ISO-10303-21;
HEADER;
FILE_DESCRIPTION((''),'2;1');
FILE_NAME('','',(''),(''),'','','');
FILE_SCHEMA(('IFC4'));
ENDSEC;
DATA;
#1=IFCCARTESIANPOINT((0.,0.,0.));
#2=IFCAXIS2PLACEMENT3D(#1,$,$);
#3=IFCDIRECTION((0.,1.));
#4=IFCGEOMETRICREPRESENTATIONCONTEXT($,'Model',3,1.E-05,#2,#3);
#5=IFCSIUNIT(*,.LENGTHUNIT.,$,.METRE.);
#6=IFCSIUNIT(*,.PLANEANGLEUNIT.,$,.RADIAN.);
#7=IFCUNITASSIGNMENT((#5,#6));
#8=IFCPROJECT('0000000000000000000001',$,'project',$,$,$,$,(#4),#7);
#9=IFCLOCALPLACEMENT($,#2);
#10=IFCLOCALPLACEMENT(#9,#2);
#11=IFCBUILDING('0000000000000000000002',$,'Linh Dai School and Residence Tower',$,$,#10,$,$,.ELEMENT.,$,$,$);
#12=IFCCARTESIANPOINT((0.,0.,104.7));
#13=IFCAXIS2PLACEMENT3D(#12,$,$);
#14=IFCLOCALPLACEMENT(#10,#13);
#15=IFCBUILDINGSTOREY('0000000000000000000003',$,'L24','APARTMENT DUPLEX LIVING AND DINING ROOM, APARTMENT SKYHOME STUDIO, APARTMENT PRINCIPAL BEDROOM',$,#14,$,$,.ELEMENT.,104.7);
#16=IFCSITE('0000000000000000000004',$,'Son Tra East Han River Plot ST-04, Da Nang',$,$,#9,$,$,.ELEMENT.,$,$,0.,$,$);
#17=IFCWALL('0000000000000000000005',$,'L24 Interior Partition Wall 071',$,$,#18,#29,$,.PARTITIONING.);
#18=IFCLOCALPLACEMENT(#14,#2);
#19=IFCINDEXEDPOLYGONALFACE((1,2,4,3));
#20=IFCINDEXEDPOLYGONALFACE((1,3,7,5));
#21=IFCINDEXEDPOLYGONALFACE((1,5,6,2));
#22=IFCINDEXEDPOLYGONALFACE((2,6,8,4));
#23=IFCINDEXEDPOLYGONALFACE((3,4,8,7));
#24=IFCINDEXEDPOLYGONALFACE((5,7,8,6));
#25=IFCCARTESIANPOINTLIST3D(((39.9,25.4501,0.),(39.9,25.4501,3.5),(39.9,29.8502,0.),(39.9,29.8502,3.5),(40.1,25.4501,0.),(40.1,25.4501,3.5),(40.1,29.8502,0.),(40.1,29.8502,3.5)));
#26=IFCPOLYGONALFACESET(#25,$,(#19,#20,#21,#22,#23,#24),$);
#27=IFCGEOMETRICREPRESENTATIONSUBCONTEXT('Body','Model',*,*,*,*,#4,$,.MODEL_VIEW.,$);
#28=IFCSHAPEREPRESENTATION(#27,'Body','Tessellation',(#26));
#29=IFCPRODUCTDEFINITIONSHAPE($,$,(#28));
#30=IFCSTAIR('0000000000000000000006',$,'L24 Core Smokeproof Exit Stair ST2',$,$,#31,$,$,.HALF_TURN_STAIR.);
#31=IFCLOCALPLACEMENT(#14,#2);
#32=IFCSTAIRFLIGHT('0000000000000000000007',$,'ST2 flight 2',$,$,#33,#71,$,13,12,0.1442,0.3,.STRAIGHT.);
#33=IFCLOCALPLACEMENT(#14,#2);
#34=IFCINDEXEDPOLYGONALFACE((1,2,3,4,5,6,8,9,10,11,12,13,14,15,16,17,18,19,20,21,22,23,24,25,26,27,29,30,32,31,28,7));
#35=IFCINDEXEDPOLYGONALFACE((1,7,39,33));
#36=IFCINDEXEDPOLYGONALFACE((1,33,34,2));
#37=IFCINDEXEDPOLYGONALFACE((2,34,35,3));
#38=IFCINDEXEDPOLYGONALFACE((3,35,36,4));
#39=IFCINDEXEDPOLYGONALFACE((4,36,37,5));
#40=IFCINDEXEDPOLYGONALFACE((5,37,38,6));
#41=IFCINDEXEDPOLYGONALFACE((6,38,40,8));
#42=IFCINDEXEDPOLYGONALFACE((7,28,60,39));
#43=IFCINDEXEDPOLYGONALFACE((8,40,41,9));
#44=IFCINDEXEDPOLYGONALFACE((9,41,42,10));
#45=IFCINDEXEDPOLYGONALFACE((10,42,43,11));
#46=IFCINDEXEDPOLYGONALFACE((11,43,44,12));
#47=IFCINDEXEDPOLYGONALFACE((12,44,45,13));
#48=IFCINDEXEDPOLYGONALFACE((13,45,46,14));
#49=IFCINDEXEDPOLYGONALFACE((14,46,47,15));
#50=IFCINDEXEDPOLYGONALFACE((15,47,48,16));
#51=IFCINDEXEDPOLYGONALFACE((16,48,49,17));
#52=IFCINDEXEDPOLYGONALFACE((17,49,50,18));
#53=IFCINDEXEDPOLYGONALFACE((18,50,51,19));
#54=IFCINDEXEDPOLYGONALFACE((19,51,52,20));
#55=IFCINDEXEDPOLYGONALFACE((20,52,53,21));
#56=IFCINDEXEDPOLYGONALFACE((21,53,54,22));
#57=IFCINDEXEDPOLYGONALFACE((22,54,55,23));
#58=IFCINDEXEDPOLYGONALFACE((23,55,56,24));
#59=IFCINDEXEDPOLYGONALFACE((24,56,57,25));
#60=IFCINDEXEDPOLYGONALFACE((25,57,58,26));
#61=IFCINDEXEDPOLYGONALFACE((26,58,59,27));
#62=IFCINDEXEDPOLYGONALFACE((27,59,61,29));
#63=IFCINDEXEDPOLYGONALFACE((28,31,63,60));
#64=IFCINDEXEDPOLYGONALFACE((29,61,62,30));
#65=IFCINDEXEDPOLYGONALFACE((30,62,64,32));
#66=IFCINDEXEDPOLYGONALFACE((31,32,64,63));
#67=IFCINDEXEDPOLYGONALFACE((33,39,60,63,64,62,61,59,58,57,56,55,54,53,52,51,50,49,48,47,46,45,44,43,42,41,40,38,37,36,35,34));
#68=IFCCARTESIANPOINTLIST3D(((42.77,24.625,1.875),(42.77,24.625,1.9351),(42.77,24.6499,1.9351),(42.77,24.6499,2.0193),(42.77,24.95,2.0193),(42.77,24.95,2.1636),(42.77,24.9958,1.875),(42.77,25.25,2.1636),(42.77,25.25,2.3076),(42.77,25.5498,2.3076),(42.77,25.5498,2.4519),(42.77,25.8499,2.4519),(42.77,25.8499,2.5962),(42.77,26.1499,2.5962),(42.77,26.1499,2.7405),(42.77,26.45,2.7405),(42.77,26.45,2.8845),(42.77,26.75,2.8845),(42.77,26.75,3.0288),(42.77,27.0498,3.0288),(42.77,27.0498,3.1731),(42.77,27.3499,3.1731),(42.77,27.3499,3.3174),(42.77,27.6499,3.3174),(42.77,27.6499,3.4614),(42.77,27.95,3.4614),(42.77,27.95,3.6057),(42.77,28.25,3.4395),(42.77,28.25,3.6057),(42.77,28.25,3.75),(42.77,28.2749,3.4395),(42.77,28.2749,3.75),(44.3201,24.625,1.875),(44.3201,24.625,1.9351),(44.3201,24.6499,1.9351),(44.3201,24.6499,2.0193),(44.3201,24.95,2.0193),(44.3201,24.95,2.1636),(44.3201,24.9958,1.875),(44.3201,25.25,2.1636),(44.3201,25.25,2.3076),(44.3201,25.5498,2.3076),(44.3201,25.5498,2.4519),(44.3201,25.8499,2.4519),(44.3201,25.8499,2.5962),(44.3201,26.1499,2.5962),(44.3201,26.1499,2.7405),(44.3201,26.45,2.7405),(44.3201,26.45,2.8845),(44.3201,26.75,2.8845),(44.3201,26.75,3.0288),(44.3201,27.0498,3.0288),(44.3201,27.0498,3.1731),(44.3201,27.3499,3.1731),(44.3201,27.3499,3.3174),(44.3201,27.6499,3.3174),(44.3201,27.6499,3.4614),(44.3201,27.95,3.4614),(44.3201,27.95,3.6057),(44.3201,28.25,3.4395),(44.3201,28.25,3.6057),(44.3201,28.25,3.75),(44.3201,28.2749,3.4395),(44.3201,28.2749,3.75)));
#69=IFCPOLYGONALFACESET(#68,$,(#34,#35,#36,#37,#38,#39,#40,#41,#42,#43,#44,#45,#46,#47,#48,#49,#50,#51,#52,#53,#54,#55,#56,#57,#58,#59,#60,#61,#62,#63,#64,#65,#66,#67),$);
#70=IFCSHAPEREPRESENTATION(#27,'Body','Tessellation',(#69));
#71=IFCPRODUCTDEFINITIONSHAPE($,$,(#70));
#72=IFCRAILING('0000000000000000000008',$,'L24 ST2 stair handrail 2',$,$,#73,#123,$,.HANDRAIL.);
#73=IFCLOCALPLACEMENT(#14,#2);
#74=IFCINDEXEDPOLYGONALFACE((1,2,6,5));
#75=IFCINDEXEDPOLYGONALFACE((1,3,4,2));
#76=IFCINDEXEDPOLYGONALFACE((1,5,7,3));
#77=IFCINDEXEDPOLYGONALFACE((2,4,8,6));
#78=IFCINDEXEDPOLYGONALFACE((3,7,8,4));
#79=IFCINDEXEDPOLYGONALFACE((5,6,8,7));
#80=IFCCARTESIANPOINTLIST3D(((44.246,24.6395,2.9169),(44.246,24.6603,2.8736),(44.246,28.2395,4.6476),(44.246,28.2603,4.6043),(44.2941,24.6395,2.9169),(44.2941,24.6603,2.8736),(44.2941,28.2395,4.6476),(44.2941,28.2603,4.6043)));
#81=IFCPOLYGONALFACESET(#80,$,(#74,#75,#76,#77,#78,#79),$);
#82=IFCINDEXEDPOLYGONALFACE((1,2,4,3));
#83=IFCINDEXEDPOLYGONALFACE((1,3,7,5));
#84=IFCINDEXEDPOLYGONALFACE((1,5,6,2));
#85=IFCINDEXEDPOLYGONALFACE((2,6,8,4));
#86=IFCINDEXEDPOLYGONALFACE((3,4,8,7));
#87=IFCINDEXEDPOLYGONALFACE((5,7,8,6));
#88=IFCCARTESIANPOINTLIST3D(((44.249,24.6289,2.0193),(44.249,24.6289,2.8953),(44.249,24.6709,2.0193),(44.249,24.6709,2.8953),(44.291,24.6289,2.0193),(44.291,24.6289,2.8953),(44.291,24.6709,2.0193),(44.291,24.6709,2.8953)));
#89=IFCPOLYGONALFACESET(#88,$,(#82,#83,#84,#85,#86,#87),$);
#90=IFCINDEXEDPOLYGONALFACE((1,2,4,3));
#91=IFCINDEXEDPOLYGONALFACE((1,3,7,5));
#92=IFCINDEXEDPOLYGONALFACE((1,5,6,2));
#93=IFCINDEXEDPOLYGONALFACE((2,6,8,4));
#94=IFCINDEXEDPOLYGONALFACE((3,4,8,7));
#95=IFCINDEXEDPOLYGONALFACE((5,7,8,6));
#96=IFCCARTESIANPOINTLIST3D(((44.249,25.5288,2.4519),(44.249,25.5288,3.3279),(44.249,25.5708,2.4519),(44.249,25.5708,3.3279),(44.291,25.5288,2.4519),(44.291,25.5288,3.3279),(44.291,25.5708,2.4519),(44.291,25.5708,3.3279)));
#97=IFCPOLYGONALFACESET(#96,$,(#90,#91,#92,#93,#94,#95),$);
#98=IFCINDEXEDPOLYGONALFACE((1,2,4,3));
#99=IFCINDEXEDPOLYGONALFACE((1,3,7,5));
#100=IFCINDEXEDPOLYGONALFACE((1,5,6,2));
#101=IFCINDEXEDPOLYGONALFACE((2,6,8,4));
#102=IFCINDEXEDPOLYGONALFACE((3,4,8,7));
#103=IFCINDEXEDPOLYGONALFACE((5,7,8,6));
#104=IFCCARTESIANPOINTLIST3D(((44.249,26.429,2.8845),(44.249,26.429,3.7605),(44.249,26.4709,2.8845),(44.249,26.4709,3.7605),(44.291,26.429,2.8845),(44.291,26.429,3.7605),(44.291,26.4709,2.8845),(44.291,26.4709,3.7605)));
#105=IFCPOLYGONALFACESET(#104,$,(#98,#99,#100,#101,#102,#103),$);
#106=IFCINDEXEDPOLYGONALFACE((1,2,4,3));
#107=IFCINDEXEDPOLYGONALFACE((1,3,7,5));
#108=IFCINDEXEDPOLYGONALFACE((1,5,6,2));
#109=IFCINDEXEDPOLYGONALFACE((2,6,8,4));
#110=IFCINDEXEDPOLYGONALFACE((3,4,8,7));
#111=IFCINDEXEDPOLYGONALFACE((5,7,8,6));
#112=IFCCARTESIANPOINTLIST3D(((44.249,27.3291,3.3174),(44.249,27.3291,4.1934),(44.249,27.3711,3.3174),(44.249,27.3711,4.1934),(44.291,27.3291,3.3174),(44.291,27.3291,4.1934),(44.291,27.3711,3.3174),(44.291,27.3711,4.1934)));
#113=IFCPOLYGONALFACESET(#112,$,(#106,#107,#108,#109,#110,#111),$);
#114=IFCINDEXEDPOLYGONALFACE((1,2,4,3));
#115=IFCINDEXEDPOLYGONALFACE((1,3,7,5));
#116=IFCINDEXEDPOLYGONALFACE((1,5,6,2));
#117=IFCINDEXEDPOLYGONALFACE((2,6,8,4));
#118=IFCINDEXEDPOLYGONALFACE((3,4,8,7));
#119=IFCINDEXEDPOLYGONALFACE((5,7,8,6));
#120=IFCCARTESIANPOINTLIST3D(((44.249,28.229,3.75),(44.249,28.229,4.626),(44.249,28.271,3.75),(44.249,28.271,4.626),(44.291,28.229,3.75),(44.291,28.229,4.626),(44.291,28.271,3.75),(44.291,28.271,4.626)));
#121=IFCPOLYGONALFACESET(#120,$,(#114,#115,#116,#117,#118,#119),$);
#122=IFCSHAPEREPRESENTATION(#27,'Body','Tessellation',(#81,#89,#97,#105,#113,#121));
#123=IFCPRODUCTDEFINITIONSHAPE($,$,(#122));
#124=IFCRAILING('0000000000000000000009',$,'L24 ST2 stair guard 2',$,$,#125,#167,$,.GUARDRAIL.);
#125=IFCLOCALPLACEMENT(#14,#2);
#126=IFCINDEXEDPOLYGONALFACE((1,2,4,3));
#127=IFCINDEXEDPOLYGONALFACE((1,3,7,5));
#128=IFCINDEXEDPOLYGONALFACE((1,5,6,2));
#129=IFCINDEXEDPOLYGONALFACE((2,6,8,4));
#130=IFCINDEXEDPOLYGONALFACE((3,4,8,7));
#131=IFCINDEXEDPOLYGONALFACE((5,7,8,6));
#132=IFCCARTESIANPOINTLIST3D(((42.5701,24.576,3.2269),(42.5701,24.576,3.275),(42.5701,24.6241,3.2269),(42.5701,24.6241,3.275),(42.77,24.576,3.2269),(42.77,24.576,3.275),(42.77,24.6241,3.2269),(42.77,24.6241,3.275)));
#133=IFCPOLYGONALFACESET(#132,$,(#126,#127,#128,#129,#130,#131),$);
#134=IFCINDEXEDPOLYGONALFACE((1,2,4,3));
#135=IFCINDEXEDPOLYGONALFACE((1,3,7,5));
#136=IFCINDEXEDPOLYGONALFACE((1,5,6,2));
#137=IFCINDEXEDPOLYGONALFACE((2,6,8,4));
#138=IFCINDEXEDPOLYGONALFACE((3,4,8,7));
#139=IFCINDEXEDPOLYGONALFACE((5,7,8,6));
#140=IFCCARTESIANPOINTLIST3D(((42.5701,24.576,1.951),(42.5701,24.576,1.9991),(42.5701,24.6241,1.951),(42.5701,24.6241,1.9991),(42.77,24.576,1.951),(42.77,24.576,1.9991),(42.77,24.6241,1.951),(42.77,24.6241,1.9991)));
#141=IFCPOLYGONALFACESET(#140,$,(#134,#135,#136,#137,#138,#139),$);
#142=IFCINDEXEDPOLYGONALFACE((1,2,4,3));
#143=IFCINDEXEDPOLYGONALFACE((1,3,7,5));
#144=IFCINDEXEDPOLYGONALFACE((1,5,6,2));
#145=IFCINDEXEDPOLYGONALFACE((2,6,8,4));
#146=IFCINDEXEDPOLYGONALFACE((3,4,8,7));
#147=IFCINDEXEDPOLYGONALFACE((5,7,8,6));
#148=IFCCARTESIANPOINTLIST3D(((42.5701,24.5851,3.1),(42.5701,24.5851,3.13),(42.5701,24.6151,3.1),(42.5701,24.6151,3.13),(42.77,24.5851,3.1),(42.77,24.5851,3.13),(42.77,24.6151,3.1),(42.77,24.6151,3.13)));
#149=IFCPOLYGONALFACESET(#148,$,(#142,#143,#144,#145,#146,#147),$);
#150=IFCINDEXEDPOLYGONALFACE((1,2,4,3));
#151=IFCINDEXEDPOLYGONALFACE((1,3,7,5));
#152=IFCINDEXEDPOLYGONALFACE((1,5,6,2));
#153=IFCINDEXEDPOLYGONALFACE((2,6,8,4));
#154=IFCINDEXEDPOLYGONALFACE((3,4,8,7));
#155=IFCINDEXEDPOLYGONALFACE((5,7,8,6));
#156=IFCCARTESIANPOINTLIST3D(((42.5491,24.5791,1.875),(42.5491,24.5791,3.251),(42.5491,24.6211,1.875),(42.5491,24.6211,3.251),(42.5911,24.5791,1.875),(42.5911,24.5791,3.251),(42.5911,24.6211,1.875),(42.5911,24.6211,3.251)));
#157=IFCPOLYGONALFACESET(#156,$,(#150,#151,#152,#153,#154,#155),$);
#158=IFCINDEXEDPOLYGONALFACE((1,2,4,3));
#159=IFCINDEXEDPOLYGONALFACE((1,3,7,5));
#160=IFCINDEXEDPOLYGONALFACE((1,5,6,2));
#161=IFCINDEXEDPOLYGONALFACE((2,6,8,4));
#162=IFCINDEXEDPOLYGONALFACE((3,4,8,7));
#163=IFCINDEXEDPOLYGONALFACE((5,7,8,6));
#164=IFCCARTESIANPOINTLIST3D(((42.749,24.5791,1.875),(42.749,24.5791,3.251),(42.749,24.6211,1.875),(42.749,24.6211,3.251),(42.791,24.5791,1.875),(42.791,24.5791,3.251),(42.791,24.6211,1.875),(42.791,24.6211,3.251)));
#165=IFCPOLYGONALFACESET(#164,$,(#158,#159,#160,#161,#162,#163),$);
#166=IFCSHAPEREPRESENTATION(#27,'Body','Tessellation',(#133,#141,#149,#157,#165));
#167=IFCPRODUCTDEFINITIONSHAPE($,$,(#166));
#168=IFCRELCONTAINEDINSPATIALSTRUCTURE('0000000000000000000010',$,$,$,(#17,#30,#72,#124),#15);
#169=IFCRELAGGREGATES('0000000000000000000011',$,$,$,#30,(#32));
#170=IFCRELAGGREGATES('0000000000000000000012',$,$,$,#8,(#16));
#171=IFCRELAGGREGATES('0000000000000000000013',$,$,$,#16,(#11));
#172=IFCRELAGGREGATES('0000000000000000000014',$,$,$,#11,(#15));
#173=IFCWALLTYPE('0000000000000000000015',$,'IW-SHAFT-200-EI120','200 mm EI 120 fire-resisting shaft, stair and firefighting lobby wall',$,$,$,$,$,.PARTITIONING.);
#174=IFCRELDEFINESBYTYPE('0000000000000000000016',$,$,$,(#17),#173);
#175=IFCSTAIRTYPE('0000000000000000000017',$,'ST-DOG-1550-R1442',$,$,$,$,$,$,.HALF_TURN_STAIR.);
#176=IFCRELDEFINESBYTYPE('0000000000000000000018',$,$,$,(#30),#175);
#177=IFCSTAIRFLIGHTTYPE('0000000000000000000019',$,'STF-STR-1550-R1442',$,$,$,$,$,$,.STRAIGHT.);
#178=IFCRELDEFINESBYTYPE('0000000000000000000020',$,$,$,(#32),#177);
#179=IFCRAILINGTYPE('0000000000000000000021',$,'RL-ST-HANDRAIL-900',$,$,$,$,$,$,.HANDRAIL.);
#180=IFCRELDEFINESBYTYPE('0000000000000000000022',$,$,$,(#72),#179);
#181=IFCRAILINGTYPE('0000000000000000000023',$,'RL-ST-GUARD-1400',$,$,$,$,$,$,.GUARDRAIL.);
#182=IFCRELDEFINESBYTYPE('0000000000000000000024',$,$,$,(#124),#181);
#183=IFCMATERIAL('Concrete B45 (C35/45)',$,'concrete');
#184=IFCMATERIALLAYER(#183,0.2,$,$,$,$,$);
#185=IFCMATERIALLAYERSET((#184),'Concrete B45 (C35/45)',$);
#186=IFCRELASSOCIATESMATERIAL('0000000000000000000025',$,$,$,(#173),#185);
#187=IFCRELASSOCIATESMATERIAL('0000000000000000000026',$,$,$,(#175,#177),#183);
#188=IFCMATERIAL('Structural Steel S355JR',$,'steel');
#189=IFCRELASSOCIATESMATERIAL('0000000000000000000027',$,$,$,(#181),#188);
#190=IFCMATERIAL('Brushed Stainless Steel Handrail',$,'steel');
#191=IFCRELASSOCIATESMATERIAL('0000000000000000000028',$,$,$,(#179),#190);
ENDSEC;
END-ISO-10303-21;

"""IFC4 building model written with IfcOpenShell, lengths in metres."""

from ifc_helpers import new_model, si_unit, direction, frame, frame_2d, origin, origin_2d, place, context, subcontext, project, spatial, polyline, rectangle, outline, extrude, source, transform, mapped, material, layer, layer_set, type_object, element, aggregate, save


model = new_model("IFC4")

# Units and contexts
model_context = context("Model", 3, precision=1e-05, world=origin(), true_north=direction((0.0, 1.0)))
body_context = subcontext(model_context, "Body", "Model", "MODEL_VIEW")
ifc_project = project(units=[si_unit("LENGTHUNIT", "METRE"), si_unit("PLANEANGLEUNIT", "RADIAN")], contexts=[model_context])

# Site, building, storey
site_placement = place(None, origin())
site = spatial("IfcSite", under=ifc_project, at=site_placement, Name="Son Tra East Han River Plot ST-04, Da Nang", CompositionType="ELEMENT", RefElevation=0.0)
building_placement = place(site_placement, origin())
building = spatial("IfcBuilding", under=site, at=building_placement, Name="Linh Dai School and Residence Tower", CompositionType="ELEMENT")
storey_placement = place(building_placement, frame((0.0, 0.0, 104.7)))
storey = spatial("IfcBuildingStorey", under=building, at=storey_placement, Name="L24", Description="APARTMENT DUPLEX LIVING AND DINING ROOM, APARTMENT SKYHOME STUDIO, APARTMENT PRINCIPAL BEDROOM", CompositionType="ELEMENT", Elevation=104.7)

# Shared definitions
ifc_material_1 = material(Name="Structural Steel S355JR", Category="steel")

# Wall
ifc_material_2 = material(Name="Concrete B45 (C35/45)", Category="concrete")
ifc_layer_1 = layer(ifc_material_2, 0.2)
ifc_layer_set_1 = layer_set([ifc_layer_1], Name="Concrete B45 (C35/45)")
wall_type_1 = type_object("IfcWallType", Name="IW-SHAFT-200-EI120", Description="200 mm EI 120 fire-resisting shaft, stair and firefighting lobby wall", PredefinedType="PARTITIONING", material=ifc_layer_set_1)
wall_1_placement = place(storey_placement, frame((40.0, 25.45, 0.0), z_axis=(0.0, 0.0, 1.0), x_axis=(0.0, 1.0, 0.0)))
element("IfcWall", 1, at=wall_1_placement, inside=storey, type_object=wall_type_1, Name="L24 Interior Partition Wall 071", PredefinedType="PARTITIONING", context=body_context, shape_type="SweptSolid", body=[
    extrude(rectangle(XDim=4.4001, YDim=0.2, at=frame_2d((2.2002, 0.0))), origin(), (0.0, 0.0, 1.0), 3.5),
])

# Stair, stair flight
stair_type = type_object("IfcStairType", Name="ST-DOG-1550-R1442", PredefinedType="HALF_TURN_STAIR", material=ifc_material_2)
stair_placement = place(storey_placement, origin())
stair = element("IfcStair", 2, at=stair_placement, inside=storey, type_object=stair_type, Name="L24 Core Smokeproof Exit Stair ST2", PredefinedType="HALF_TURN_STAIR")
stair_flight_type = type_object("IfcStairFlightType", Name="STF-STR-1550-R1442", PredefinedType="STRAIGHT", material=ifc_material_2)
shared_shape_1 = source(origin(), body_context, "Body", "SweptSolid", [
    extrude(outline(polyline([(-0.0249, 0.0), (-0.0249, 0.0601), (0.0, 0.0601), (0.0, 0.1443), (0.3, 0.1443), (0.3, 0.2886), (0.6001, 0.2886), (0.6001, 0.4326), (0.8999, 0.4326), (0.8999, 0.5769), (1.2, 0.5769), (1.2, 0.7212), (1.5, 0.7212), (1.5, 0.8655), (1.8, 0.8655), (1.8, 1.0095), (2.1001, 1.0095), (2.1001, 1.1538), (2.3999, 1.1538), (2.3999, 1.2981), (2.7, 1.2981), (2.7, 1.4424), (3.0, 1.4424), (3.0, 1.5864), (3.3, 1.5864), (3.3, 1.7307), (3.6001, 1.7307), (3.6001, 1.875), (3.625, 1.875), (3.625, 1.5645), (3.6001, 1.5645), (0.3459, 0.0), (-0.0249, 0.0)])), frame((0.0, 0.7749, 0.0), z_axis=(0.0, -1.0, 0.0), x_axis=(1.0, 0.0, 0.0)), (0.0, 0.0, 1.0), 1.55),
])
stair_flight_placement = place(storey_placement, frame((43.5449, 24.6499, 1.875), z_axis=(0.0, 0.0, 1.0), x_axis=(0.0, 1.0, 0.0)))
stair_flight = element("IfcStairFlight", 3, at=stair_flight_placement, type_object=stair_flight_type, Name="ST2 flight 2", NumberOfRisers=13, NumberOfTreads=12, PredefinedType="STRAIGHT", RiserHeight=0.1442, TreadLength=0.3, context=body_context, shape_type="MappedRepresentation", body=[
    mapped(shared_shape_1, transform((0.0, 0.0, 0.0), x_axis=(1.0, 0.0, 0.0), y_axis=(0.0, 1.0, 0.0), z_axis=(0.0, 0.0, 1.0), scale=1.0)),
])
aggregate(stair, [stair_flight])

# Railings
railing_type_1 = type_object("IfcRailingType", Name="RL-ST-GUARD-1400", PredefinedType="GUARDRAIL", material=ifc_material_1)
ifc_material_3 = material(Name="Brushed Stainless Steel Handrail", Category="steel")
railing_type_2 = type_object("IfcRailingType", Name="RL-ST-HANDRAIL-900", PredefinedType="HANDRAIL", material=ifc_material_3)
shared_shape_2 = source(origin(), body_context, "Body", "SweptSolid", [
    extrude(rectangle(XDim=0.0481, YDim=0.0481, at=origin_2d()), frame((0.0, 0.0, 0.876), z_axis=(0.0, 0.901263, 0.433273), x_axis=(-1.0, 0.0, 0.0)), (0.0, 0.0, 1.0), 3.9944),
    extrude(rectangle(XDim=0.042, YDim=0.042, at=origin_2d()), origin(), (0.0, 0.0, 1.0), 0.876),
    extrude(rectangle(XDim=0.042, YDim=0.042, at=origin_2d()), frame((0.0, 0.8999, 0.4326)), (0.0, 0.0, 1.0), 0.876),
    extrude(rectangle(XDim=0.042, YDim=0.042, at=origin_2d()), frame((0.0, 1.8, 0.8652)), (0.0, 0.0, 1.0), 0.876),
    extrude(rectangle(XDim=0.042, YDim=0.042, at=origin_2d()), frame((0.0, 2.7002, 1.2981)), (0.0, 0.0, 1.0), 0.876),
    extrude(rectangle(XDim=0.042, YDim=0.042, at=origin_2d()), frame((0.0, 3.6001, 1.7307)), (0.0, 0.0, 1.0), 0.876),
])
railing_1_placement = place(storey_placement, frame((44.27, 24.6499, 2.0193)))
element("IfcRailing", 4, at=railing_1_placement, inside=storey, type_object=railing_type_2, Name="L24 ST2 stair handrail 2", PredefinedType="HANDRAIL", context=body_context, shape_type="MappedRepresentation", body=[
    mapped(shared_shape_2, transform((0.0, 0.0, 0.0), x_axis=(1.0, 0.0, 0.0), y_axis=(0.0, 1.0, 0.0), z_axis=(0.0, 0.0, 1.0), scale=1.0)),
])
shared_shape_3 = source(origin(), body_context, "Body", "SweptSolid", [
    extrude(rectangle(XDim=0.0481, YDim=0.0481, at=origin_2d()), frame((0.0, 0.0, 1.376), z_axis=(1.0, 0.0, 0.0), x_axis=(0.0, 1.0, 0.0)), (0.0, 0.0, 1.0), 0.2),
    extrude(rectangle(XDim=0.0481, YDim=0.0481, at=origin_2d()), frame((0.0, 0.0, 0.1001), z_axis=(1.0, 0.0, 0.0), x_axis=(0.0, 1.0, 0.0)), (0.0, 0.0, 1.0), 0.2),
    extrude(rectangle(XDim=0.03, YDim=0.03, at=origin_2d()), frame((0.0, 0.0, 1.24), z_axis=(1.0, 0.0, 0.0), x_axis=(0.0, 1.0, 0.0)), (0.0, 0.0, 1.0), 0.2),
    extrude(rectangle(XDim=0.042, YDim=0.042, at=origin_2d()), origin(), (0.0, 0.0, 1.0), 1.376),
    extrude(rectangle(XDim=0.042, YDim=0.042, at=origin_2d()), frame((0.2, 0.0, 0.0)), (0.0, 0.0, 1.0), 1.376),
])
railing_2_placement = place(storey_placement, frame((42.5701, 24.6001, 1.875)))
element("IfcRailing", 5, at=railing_2_placement, inside=storey, type_object=railing_type_1, Name="L24 ST2 stair guard 2", PredefinedType="GUARDRAIL", context=body_context, shape_type="MappedRepresentation", body=[
    mapped(shared_shape_3, transform((0.0, 0.0, 0.0), x_axis=(1.0, 0.0, 0.0), y_axis=(0.0, 1.0, 0.0), z_axis=(0.0, 0.0, 1.0), scale=1.0)),
])

save(model, "model.ifc")
